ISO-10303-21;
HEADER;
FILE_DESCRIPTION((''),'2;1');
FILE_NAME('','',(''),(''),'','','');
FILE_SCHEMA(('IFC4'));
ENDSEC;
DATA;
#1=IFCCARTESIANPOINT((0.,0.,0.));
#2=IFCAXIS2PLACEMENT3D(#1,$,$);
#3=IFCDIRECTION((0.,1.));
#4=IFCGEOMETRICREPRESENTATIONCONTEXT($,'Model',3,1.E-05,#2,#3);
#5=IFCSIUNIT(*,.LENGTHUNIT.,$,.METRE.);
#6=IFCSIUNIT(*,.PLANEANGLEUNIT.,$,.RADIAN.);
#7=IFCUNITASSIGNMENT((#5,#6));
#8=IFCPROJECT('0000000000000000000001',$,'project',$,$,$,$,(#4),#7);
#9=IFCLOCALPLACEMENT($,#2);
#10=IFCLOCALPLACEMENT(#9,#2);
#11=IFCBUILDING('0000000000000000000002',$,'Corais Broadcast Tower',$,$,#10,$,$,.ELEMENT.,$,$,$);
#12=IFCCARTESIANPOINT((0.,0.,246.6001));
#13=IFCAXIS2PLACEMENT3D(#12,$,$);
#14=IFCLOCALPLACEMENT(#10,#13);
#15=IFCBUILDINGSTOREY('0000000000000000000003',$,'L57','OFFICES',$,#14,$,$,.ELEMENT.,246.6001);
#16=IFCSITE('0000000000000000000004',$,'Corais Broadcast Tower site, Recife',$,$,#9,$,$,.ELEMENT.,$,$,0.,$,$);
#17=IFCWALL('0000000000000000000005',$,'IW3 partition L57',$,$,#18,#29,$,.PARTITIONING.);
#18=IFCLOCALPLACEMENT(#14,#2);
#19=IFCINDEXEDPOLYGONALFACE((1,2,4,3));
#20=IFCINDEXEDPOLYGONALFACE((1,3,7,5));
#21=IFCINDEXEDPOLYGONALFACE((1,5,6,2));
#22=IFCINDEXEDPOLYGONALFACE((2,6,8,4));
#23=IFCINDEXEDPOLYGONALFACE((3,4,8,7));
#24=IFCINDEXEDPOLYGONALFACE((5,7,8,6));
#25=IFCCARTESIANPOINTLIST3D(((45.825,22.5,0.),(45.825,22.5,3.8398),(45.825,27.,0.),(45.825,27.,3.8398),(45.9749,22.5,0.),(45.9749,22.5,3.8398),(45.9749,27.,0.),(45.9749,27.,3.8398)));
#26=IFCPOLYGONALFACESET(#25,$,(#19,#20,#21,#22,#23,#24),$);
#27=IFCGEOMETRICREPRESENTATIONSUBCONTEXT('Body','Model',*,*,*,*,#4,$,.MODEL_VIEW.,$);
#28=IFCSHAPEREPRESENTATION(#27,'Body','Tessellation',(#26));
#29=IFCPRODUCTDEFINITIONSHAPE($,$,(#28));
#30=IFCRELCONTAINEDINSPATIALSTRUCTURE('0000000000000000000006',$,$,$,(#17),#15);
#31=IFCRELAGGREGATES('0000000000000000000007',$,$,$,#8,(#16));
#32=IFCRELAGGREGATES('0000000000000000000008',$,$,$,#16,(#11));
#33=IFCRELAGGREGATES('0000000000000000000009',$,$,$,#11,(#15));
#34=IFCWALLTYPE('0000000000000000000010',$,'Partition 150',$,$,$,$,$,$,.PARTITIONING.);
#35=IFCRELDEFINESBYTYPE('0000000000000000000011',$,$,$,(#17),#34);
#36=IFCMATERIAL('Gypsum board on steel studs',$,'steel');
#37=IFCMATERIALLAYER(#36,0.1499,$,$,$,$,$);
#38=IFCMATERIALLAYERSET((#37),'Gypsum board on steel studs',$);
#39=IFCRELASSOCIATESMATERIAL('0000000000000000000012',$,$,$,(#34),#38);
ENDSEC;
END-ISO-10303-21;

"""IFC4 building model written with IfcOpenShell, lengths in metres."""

from ifc_helpers import new_model, si_unit, direction, frame, frame_2d, origin, place, context, subcontext, project, spatial, rectangle, extrude, material, layer, layer_set, type_object, element, save


model = new_model("IFC4")

# Units and contexts
model_context = context("Model", 3, precision=1e-05, world=origin(), true_north=direction((0.0, 1.0)))
body_context = subcontext(model_context, "Body", "Model", "MODEL_VIEW")
ifc_project = project(units=[si_unit("LENGTHUNIT", "METRE"), si_unit("PLANEANGLEUNIT", "RADIAN")], contexts=[model_context])

# Site, building, storey
site_placement = place(None, origin())
site = spatial("IfcSite", under=ifc_project, at=site_placement, Name="Corais Broadcast Tower site, Recife", CompositionType="ELEMENT", RefElevation=0.0)
building_placement = place(site_placement, origin())
building = spatial("IfcBuilding", under=site, at=building_placement, Name="Corais Broadcast Tower", CompositionType="ELEMENT")
storey_placement = place(building_placement, frame((0.0, 0.0, 246.6001)))
storey = spatial("IfcBuildingStorey", under=building, at=storey_placement, Name="L57", Description="OFFICES", CompositionType="ELEMENT", Elevation=246.6001)

# Wall
ifc_material_1 = material(Name="Gypsum board on steel studs", Category="steel")
ifc_layer_1 = layer(ifc_material_1, 0.1499)
ifc_layer_set_1 = layer_set([ifc_layer_1], Name="Gypsum board on steel studs")
wall_type = type_object("IfcWallType", Name="Partition 150", PredefinedType="PARTITIONING", material=ifc_layer_set_1)
wall_1_placement = place(storey_placement, frame((45.8999, 22.5, 0.0), z_axis=(0.0, 0.0, 1.0), x_axis=(0.0, 1.0, 0.0)))
element("IfcWall", 1, at=wall_1_placement, inside=storey, type_object=wall_type, Name="IW3 partition L57", PredefinedType="PARTITIONING", context=body_context, shape_type="SweptSolid", body=[
    extrude(rectangle(XDim=4.5, YDim=0.1499, at=frame_2d((2.25, 0.0))), origin(), (0.0, 0.0, 1.0), 3.8398),
])

save(model, "model.ifc")
